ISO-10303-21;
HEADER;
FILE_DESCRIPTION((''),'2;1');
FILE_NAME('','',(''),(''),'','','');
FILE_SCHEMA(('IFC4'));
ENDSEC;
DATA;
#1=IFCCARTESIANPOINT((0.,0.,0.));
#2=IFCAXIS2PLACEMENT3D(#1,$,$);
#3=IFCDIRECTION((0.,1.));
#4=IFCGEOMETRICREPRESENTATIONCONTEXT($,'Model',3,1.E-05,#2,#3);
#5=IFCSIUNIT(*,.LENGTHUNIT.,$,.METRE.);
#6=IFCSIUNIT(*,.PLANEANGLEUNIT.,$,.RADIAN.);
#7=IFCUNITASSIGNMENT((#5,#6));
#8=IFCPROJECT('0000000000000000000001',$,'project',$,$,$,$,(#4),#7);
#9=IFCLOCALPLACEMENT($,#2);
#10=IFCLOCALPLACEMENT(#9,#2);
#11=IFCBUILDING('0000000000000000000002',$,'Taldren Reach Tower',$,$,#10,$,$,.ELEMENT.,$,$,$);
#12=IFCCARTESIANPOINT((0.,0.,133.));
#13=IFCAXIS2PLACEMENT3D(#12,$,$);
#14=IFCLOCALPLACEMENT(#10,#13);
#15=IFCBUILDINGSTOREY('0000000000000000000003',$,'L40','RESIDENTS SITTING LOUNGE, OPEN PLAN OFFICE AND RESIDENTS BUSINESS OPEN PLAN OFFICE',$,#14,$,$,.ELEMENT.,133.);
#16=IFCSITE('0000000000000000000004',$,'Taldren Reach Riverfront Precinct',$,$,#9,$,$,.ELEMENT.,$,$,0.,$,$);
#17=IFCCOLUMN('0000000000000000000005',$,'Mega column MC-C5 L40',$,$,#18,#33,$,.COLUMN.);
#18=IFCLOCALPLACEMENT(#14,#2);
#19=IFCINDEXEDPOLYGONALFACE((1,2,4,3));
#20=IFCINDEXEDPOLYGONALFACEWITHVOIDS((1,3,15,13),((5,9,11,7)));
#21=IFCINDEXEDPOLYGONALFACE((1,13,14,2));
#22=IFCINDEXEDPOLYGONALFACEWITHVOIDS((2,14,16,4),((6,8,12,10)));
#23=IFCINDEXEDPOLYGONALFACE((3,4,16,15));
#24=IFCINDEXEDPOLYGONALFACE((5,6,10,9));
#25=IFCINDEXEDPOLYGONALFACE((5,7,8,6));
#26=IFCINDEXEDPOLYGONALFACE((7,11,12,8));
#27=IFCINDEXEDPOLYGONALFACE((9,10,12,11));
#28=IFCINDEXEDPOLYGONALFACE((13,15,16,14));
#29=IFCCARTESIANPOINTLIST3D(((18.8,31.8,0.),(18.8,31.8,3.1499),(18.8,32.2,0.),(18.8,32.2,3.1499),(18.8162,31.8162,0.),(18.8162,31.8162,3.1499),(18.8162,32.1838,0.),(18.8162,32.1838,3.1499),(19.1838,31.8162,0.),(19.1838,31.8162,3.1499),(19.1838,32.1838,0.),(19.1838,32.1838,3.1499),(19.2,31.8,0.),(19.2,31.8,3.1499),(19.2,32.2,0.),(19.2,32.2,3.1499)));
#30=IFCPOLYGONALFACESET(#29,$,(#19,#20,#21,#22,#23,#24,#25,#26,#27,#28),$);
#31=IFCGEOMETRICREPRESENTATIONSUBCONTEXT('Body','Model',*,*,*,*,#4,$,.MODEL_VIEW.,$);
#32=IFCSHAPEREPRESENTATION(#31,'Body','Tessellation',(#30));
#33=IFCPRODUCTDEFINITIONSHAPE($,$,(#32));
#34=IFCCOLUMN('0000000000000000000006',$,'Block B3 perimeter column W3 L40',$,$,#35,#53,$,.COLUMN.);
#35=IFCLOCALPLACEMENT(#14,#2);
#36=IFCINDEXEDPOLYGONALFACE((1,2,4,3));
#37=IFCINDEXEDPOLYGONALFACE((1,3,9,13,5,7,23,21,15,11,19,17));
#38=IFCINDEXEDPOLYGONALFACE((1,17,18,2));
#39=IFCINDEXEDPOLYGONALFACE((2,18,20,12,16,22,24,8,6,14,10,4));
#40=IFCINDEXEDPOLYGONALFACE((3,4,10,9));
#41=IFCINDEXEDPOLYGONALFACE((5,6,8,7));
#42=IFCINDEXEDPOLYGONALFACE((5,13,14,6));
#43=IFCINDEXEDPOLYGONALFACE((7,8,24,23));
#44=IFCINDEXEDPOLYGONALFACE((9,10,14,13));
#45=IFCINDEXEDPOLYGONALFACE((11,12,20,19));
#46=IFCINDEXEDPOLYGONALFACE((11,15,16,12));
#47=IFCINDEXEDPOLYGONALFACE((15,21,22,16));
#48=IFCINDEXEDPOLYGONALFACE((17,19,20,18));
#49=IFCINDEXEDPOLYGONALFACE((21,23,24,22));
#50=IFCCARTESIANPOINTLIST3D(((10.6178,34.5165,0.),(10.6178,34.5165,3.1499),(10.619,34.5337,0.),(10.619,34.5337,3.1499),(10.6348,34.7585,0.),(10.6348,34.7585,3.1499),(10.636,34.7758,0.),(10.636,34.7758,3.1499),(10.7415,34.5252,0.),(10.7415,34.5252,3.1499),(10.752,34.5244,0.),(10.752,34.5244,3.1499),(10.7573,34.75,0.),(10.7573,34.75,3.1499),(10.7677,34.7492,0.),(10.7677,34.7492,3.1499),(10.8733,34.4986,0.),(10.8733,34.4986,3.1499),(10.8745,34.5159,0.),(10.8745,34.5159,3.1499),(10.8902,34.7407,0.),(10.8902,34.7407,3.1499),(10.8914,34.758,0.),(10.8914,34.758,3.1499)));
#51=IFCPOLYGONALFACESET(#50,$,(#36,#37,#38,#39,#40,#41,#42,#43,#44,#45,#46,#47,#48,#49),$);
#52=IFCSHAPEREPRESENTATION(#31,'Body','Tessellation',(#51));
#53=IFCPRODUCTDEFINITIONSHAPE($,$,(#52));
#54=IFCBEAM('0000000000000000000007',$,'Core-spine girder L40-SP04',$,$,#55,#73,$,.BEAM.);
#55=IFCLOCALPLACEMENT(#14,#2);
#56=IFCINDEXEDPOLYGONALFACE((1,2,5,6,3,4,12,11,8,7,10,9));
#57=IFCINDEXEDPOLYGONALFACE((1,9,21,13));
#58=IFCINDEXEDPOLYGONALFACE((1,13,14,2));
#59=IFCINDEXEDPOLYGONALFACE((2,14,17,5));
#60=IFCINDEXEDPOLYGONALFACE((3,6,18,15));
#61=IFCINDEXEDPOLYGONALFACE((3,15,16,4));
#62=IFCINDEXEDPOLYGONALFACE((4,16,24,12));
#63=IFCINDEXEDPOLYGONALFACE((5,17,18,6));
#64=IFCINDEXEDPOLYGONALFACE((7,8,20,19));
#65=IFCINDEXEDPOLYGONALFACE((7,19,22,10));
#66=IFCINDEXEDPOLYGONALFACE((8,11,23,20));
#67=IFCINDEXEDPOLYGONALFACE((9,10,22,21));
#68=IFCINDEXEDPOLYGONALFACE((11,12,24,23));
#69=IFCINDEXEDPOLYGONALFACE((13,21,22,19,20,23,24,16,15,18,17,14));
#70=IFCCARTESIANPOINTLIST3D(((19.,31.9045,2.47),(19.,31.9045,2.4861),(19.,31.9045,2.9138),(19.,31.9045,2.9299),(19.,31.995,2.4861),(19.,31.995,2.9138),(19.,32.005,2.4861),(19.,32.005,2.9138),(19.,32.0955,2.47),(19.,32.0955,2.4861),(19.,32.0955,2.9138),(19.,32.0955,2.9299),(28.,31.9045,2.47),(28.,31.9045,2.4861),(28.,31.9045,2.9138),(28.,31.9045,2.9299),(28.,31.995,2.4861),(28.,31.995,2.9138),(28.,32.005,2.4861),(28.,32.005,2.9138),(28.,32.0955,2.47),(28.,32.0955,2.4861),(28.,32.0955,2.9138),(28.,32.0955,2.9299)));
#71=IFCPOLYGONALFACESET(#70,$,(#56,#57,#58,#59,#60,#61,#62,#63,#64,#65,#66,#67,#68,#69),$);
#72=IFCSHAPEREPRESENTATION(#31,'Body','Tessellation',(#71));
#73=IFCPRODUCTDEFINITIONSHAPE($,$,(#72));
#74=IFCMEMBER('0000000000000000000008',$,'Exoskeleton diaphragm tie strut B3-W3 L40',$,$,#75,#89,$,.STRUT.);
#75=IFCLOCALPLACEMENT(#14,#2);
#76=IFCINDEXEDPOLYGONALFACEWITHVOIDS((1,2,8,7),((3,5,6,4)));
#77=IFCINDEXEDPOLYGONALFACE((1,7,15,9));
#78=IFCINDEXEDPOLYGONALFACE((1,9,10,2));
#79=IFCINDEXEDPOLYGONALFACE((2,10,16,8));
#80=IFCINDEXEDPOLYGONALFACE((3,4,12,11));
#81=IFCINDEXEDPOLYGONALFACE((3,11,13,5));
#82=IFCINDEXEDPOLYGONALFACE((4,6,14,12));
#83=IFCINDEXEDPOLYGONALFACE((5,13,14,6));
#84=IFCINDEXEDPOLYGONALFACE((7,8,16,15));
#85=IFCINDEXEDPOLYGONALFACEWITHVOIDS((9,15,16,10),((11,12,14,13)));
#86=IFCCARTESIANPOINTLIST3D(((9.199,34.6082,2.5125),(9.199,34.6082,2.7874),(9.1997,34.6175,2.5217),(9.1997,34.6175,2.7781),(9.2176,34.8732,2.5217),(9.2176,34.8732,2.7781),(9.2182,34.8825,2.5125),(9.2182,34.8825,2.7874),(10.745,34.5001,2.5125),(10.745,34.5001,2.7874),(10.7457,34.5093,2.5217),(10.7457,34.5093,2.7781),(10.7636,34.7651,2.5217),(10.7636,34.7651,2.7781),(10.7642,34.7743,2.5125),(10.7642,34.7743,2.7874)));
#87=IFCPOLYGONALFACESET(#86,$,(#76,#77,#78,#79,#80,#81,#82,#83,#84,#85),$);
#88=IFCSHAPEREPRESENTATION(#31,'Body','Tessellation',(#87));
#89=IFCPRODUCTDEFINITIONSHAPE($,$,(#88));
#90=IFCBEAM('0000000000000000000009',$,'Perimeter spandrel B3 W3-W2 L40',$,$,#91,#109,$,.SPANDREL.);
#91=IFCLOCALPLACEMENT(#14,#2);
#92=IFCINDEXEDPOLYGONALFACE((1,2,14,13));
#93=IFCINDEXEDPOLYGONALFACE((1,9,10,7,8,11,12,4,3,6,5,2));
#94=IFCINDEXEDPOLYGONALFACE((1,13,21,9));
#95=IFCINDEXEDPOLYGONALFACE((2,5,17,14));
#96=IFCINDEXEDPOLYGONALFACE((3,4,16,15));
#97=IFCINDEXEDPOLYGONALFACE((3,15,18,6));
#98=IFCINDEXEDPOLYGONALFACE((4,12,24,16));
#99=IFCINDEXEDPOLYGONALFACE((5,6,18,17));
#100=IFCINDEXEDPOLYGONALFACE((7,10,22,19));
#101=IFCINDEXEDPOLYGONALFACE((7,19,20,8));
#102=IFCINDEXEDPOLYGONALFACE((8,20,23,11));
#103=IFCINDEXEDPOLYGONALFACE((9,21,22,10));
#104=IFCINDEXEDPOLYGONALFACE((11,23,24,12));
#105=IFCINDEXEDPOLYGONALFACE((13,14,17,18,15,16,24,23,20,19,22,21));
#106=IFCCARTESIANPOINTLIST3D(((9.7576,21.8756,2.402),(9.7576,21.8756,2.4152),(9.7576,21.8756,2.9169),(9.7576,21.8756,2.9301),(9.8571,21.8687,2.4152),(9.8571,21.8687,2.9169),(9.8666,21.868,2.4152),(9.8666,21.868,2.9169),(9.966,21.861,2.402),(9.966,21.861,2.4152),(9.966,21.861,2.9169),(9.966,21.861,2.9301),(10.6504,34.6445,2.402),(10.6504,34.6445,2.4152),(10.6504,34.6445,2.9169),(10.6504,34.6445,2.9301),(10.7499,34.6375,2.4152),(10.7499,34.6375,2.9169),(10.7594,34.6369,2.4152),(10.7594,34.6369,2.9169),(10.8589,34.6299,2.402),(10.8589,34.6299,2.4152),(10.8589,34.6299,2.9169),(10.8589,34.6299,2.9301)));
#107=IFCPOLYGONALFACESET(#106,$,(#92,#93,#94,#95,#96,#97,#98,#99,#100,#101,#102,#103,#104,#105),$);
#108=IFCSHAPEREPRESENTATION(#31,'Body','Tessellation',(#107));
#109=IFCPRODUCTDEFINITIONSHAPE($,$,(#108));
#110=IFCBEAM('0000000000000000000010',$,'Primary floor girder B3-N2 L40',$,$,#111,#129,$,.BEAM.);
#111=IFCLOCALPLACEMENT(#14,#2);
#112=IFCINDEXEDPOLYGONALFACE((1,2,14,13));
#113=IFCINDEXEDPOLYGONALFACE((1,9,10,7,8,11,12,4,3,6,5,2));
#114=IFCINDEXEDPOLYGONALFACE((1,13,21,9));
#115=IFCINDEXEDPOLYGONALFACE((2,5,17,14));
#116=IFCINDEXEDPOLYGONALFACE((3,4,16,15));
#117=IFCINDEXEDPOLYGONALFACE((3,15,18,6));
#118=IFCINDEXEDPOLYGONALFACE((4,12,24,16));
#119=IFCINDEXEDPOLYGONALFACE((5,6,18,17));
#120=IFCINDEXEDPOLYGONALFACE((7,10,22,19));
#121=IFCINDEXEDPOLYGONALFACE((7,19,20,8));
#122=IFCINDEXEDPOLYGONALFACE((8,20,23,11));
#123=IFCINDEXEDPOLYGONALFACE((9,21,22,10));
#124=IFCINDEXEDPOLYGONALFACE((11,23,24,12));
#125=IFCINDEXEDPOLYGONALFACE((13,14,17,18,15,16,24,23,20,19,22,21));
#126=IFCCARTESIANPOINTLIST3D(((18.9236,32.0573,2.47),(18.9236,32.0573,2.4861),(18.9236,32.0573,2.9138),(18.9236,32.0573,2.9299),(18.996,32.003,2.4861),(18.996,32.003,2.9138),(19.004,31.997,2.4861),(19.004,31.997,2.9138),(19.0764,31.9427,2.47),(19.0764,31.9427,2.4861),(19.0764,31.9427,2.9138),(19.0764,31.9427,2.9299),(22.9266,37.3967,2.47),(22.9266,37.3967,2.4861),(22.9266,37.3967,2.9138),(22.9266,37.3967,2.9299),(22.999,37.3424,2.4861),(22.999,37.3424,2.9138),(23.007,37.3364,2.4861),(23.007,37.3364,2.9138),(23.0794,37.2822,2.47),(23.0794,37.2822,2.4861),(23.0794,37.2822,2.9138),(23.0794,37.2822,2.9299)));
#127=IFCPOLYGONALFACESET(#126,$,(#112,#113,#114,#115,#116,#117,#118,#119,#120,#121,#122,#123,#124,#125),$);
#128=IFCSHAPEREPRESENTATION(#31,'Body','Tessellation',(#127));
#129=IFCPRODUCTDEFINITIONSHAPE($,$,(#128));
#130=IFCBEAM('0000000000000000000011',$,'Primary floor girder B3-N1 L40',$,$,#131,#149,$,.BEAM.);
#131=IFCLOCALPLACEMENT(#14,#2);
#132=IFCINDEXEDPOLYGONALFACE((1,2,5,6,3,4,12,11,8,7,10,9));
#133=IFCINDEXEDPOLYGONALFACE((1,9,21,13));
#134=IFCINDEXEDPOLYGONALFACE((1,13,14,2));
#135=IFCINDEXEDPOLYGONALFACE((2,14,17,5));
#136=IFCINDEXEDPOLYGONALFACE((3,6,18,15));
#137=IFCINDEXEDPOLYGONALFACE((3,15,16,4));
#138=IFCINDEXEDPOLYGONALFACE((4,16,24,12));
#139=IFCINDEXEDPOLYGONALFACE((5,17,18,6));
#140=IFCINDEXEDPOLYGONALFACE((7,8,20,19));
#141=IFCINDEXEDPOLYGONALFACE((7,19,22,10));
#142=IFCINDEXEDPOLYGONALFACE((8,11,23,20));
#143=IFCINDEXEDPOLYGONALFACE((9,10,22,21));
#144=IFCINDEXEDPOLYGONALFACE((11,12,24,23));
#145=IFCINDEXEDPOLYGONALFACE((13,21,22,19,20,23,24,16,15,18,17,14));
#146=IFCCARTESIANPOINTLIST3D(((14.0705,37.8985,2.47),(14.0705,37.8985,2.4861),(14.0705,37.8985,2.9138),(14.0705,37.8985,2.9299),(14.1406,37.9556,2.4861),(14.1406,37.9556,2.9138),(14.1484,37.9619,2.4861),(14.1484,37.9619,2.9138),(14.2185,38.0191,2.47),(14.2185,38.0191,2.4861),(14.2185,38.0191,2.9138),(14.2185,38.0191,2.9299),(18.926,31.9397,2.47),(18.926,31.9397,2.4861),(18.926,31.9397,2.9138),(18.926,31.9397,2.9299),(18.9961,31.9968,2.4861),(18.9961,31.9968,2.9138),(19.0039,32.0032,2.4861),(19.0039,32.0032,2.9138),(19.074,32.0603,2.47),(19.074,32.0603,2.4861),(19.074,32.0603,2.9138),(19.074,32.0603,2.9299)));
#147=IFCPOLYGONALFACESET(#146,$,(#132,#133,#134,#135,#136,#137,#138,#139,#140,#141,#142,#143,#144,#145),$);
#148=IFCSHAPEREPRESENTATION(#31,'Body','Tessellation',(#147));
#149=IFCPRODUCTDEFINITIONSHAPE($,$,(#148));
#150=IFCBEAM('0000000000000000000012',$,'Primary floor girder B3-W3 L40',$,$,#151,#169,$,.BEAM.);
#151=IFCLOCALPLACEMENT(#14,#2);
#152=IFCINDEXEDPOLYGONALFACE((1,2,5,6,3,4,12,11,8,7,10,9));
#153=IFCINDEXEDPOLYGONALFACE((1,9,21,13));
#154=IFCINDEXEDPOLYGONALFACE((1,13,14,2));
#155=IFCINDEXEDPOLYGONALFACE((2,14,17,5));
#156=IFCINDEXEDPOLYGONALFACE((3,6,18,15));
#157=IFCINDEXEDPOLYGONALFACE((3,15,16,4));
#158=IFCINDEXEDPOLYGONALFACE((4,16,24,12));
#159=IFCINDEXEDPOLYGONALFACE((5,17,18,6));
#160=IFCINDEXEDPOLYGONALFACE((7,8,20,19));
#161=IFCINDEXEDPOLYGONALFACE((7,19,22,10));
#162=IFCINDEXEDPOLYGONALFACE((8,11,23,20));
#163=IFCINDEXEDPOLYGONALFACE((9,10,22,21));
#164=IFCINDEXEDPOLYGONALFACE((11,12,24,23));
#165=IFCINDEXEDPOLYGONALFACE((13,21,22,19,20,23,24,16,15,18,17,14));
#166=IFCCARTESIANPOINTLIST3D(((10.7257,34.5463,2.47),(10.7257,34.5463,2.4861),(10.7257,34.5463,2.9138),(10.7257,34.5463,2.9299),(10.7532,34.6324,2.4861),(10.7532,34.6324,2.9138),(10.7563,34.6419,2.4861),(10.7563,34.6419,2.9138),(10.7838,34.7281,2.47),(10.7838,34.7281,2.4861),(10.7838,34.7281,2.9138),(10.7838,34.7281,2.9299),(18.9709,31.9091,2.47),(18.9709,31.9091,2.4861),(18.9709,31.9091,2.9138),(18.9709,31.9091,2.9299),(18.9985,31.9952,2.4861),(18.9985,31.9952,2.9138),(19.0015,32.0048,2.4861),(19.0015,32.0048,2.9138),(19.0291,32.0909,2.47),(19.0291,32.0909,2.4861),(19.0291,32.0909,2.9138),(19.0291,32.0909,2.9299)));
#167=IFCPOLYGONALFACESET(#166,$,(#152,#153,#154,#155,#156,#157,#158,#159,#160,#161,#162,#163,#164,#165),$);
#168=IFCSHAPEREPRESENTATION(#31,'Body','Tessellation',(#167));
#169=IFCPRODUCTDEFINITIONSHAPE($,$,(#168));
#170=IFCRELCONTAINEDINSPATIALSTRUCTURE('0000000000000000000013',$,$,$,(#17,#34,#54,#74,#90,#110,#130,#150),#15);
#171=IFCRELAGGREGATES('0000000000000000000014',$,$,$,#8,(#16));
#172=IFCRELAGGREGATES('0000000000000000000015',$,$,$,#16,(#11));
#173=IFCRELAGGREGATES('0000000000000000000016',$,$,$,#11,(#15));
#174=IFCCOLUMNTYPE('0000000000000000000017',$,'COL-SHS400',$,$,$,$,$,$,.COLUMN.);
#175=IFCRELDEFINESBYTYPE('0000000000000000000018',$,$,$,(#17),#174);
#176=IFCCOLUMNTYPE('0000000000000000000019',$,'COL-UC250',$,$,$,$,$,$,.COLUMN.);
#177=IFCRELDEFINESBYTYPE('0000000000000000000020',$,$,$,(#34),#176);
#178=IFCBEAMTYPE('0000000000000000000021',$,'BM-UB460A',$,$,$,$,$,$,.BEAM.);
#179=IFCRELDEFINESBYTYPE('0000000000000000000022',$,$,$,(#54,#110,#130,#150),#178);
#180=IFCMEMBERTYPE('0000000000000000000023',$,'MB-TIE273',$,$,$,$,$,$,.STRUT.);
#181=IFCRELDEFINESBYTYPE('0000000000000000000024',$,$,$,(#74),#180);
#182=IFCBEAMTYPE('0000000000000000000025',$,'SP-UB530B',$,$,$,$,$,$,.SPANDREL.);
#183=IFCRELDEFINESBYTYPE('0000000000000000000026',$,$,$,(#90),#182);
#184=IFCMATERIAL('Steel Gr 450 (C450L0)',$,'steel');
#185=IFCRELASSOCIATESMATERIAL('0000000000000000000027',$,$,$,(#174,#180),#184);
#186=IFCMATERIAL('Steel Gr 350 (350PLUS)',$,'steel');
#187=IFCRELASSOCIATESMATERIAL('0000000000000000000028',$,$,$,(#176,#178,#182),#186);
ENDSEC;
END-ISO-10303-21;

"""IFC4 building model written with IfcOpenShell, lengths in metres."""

from ifc_helpers import new_model, si_unit, direction, frame, origin, origin_2d, place, context, subcontext, project, spatial, hollow_rectangle, i_section, extrude, source, transform, mapped, material, material_profile, profile_set, type_object, element, save


model = new_model("IFC4")

# Units and contexts
model_context = context("Model", 3, precision=1e-05, world=origin(), true_north=direction((0.0, 1.0)))
body_context = subcontext(model_context, "Body", "Model", "MODEL_VIEW")
ifc_project = project(units=[si_unit("LENGTHUNIT", "METRE"), si_unit("PLANEANGLEUNIT", "RADIAN")], contexts=[model_context])

# Site, building, storey
site_placement = place(None, origin())
site = spatial("IfcSite", under=ifc_project, at=site_placement, Name="Taldren Reach Riverfront Precinct", CompositionType="ELEMENT", RefElevation=0.0)
building_placement = place(site_placement, origin())
building = spatial("IfcBuilding", under=site, at=building_placement, Name="Taldren Reach Tower", CompositionType="ELEMENT")
storey_placement = place(building_placement, frame((0.0, 0.0, 133.0)))
storey = spatial("IfcBuildingStorey", under=building, at=storey_placement, Name="L40", Description="RESIDENTS SITTING LOUNGE, OPEN PLAN OFFICE AND RESIDENTS BUSINESS OPEN PLAN OFFICE", CompositionType="ELEMENT", Elevation=133.0)

# Columns
ifc_material_1 = material(Name="Steel Gr 450 (C450L0)", Category="steel")
ifc_material_profile_1 = material_profile(ifc_material_1, hollow_rectangle(XDim=0.3999, YDim=0.3999, WallThickness=0.0161, at=origin_2d()), Name="400x400x16.0SHS")
ifc_profile_set_1 = profile_set([ifc_material_profile_1], Name="Steel Gr 450 (C450L0)")
column_type_1 = type_object("IfcColumnType", Name="COL-SHS400", PredefinedType="COLUMN", material=ifc_profile_set_1)
shared_shape_1 = source(origin(), body_context, "Body", "SweptSolid", [
    extrude(hollow_rectangle(XDim=0.3999, YDim=0.3999, WallThickness=0.0161, at=origin_2d()), origin(), (0.0, 0.0, 1.0), 3.1499),
])
column_1_placement = place(storey_placement, frame((19.0, 32.0, 0.0), z_axis=(0.0, 0.0, 1.0), x_axis=(1.0, 0.0, 0.0)))
element("IfcColumn", 1, at=column_1_placement, inside=storey, type_object=column_type_1, Name="Mega column MC-C5 L40", PredefinedType="COLUMN", context=body_context, shape_type="MappedRepresentation", body=[
    mapped(shared_shape_1, transform((0.0, 0.0, 0.0), scale=1.0)),
])
ifc_material_2 = material(Name="Steel Gr 350 (350PLUS)", Category="steel")
ifc_material_profile_2 = material_profile(ifc_material_2, i_section(OverallWidth=0.2561, OverallDepth=0.26, WebThickness=0.0105, FlangeThickness=0.0173, at=origin_2d()), Name="250UC89.5")
ifc_profile_set_2 = profile_set([ifc_material_profile_2], Name="Steel Gr 350 (350PLUS)")
column_type_2 = type_object("IfcColumnType", Name="COL-UC250", PredefinedType="COLUMN", material=ifc_profile_set_2)
shared_shape_2 = source(origin(), body_context, "Body", "SweptSolid", [
    extrude(i_section(OverallWidth=0.2561, OverallDepth=0.26, WebThickness=0.0105, FlangeThickness=0.0173, at=origin_2d()), origin(), (0.0, 0.0, 1.0), 3.1499),
])
column_2_placement = place(storey_placement, frame((10.7546, 34.6372, 0.0), z_axis=(0.0, 0.0, 1.0), x_axis=(0.997564, -0.069756, 0.0)))
element("IfcColumn", 2, at=column_2_placement, inside=storey, type_object=column_type_2, Name="Block B3 perimeter column W3 L40", PredefinedType="COLUMN", context=body_context, shape_type="MappedRepresentation", body=[
    mapped(shared_shape_2, transform((0.0, 0.0, 0.0), scale=1.0)),
])

# Beam
ifc_material_profile_3 = material_profile(ifc_material_2, i_section(OverallWidth=0.1909, OverallDepth=0.46, WebThickness=0.01, FlangeThickness=0.0161, at=origin_2d()), Name="460UB82.1")
ifc_profile_set_3 = profile_set([ifc_material_profile_3], Name="Steel Gr 350 (350PLUS)")
beam_type_1 = type_object("IfcBeamType", Name="BM-UB460A", PredefinedType="BEAM", material=ifc_profile_set_3)
shared_shape_3 = source(origin(), body_context, "Body", "SweptSolid", [
    extrude(i_section(OverallWidth=0.1909, OverallDepth=0.46, WebThickness=0.01, FlangeThickness=0.0161, at=origin_2d()), origin(), (0.0, 0.0, 1.0), 9.0),
])
beam_1_placement = place(storey_placement, frame((19.0, 32.0, 2.7), z_axis=(1.0, 0.0, 0.0), x_axis=(0.0, 1.0, 0.0)))
element("IfcBeam", 3, at=beam_1_placement, inside=storey, type_object=beam_type_1, Name="Core-spine girder L40-SP04", PredefinedType="BEAM", context=body_context, shape_type="MappedRepresentation", body=[
    mapped(shared_shape_3, transform((0.0, 0.0, 0.0), scale=1.0)),
])

# Member
ifc_material_profile_4 = material_profile(ifc_material_1, hollow_rectangle(XDim=0.2749, YDim=0.2749, WallThickness=0.0093, at=origin_2d()), Name="275x275x9.3SHS")
ifc_profile_set_4 = profile_set([ifc_material_profile_4], Name="Steel Gr 450 (C450L0)")
member_type_1 = type_object("IfcMemberType", Name="MB-TIE273", PredefinedType="STRUT", material=ifc_profile_set_4)
shared_shape_4 = source(origin(), body_context, "Body", "SweptSolid", [
    extrude(hollow_rectangle(XDim=0.2749, YDim=0.2749, WallThickness=0.0093, at=origin_2d()), origin(), (0.0, 0.0, 1.0), 1.5498),
])
member_1_placement = place(storey_placement, frame((10.7546, 34.6372, 2.6499), z_axis=(-0.997562, 0.069781, 0.0), x_axis=(-0.069781, -0.997562, 0.0)))
element("IfcMember", 4, at=member_1_placement, inside=storey, type_object=member_type_1, Name="Exoskeleton diaphragm tie strut B3-W3 L40", PredefinedType="STRUT", context=body_context, shape_type="MappedRepresentation", body=[
    mapped(shared_shape_4, transform((0.0, 0.0, 0.0), scale=1.0)),
])

# Beams
ifc_material_profile_5 = material_profile(ifc_material_2, i_section(OverallWidth=0.209, OverallDepth=0.5281, WebThickness=0.0095, FlangeThickness=0.0132, at=origin_2d()), Name="530UB82.0")
ifc_profile_set_5 = profile_set([ifc_material_profile_5], Name="Steel Gr 350 (350PLUS)")
beam_type_2 = type_object("IfcBeamType", Name="SP-UB530B", PredefinedType="SPANDREL", material=ifc_profile_set_5)
shared_shape_5 = source(origin(), body_context, "Body", "SweptSolid", [
    extrude(i_section(OverallWidth=0.209, OverallDepth=0.5281, WebThickness=0.0095, FlangeThickness=0.0132, at=origin_2d()), origin(), (0.0, 0.0, 1.0), 12.8),
])
beam_2_placement = place(storey_placement, frame((10.7546, 34.6372, 2.666), z_axis=(-0.069752, -0.997564, 0.0), x_axis=(0.997564, -0.069752, 0.0)))
element("IfcBeam", 5, at=beam_2_placement, inside=storey, type_object=beam_type_2, Name="Perimeter spandrel B3 W3-W2 L40", PredefinedType="SPANDREL", context=body_context, shape_type="MappedRepresentation", body=[
    mapped(shared_shape_5, transform((0.0, 0.0, 0.0), scale=1.0)),
])
shared_shape_6 = source(origin(), body_context, "Body", "SweptSolid", [
    extrude(i_section(OverallWidth=0.1909, OverallDepth=0.46, WebThickness=0.01, FlangeThickness=0.0161, at=origin_2d()), origin(), (0.0, 0.0, 1.0), 6.6733),
])
beam_3_placement = place(storey_placement, frame((19.0, 32.0, 2.7), z_axis=(0.599848, 0.800114, 0.0), x_axis=(-0.800114, 0.599848, 0.0)))
element("IfcBeam", 6, at=beam_3_placement, inside=storey, type_object=beam_type_1, Name="Primary floor girder B3-N2 L40", PredefinedType="BEAM", context=body_context, shape_type="MappedRepresentation", body=[
    mapped(shared_shape_6, transform((0.0, 0.0, 0.0), scale=1.0)),
])
shared_shape_7 = source(origin(), body_context, "Body", "SweptSolid", [
    extrude(i_section(OverallWidth=0.1909, OverallDepth=0.46, WebThickness=0.01, FlangeThickness=0.0161, at=origin_2d()), origin(), (0.0, 0.0, 1.0), 7.6865),
])
beam_4_placement = place(storey_placement, frame((19.0, 32.0, 2.7), z_axis=(-0.631689, 0.775222, 0.0), x_axis=(-0.775222, -0.631689, 0.0)))
element("IfcBeam", 7, at=beam_4_placement, inside=storey, type_object=beam_type_1, Name="Primary floor girder B3-N1 L40", PredefinedType="BEAM", context=body_context, shape_type="MappedRepresentation", body=[
    mapped(shared_shape_7, transform((0.0, 0.0, 0.0), scale=1.0)),
])
shared_shape_8 = source(origin(), body_context, "Body", "SweptSolid", [
    extrude(i_section(OverallWidth=0.1909, OverallDepth=0.46, WebThickness=0.01, FlangeThickness=0.0161, at=origin_2d()), origin(), (0.0, 0.0, 1.0), 8.6567),
])
beam_5_placement = place(storey_placement, frame((19.0, 32.0, 2.7), z_axis=(-0.952468, 0.304639, 0.0), x_axis=(-0.304639, -0.952468, 0.0)))
element("IfcBeam", 8, at=beam_5_placement, inside=storey, type_object=beam_type_1, Name="Primary floor girder B3-W3 L40", PredefinedType="BEAM", context=body_context, shape_type="MappedRepresentation", body=[
    mapped(shared_shape_8, transform((0.0, 0.0, 0.0), scale=1.0)),
])

save(model, "model.ifc")
